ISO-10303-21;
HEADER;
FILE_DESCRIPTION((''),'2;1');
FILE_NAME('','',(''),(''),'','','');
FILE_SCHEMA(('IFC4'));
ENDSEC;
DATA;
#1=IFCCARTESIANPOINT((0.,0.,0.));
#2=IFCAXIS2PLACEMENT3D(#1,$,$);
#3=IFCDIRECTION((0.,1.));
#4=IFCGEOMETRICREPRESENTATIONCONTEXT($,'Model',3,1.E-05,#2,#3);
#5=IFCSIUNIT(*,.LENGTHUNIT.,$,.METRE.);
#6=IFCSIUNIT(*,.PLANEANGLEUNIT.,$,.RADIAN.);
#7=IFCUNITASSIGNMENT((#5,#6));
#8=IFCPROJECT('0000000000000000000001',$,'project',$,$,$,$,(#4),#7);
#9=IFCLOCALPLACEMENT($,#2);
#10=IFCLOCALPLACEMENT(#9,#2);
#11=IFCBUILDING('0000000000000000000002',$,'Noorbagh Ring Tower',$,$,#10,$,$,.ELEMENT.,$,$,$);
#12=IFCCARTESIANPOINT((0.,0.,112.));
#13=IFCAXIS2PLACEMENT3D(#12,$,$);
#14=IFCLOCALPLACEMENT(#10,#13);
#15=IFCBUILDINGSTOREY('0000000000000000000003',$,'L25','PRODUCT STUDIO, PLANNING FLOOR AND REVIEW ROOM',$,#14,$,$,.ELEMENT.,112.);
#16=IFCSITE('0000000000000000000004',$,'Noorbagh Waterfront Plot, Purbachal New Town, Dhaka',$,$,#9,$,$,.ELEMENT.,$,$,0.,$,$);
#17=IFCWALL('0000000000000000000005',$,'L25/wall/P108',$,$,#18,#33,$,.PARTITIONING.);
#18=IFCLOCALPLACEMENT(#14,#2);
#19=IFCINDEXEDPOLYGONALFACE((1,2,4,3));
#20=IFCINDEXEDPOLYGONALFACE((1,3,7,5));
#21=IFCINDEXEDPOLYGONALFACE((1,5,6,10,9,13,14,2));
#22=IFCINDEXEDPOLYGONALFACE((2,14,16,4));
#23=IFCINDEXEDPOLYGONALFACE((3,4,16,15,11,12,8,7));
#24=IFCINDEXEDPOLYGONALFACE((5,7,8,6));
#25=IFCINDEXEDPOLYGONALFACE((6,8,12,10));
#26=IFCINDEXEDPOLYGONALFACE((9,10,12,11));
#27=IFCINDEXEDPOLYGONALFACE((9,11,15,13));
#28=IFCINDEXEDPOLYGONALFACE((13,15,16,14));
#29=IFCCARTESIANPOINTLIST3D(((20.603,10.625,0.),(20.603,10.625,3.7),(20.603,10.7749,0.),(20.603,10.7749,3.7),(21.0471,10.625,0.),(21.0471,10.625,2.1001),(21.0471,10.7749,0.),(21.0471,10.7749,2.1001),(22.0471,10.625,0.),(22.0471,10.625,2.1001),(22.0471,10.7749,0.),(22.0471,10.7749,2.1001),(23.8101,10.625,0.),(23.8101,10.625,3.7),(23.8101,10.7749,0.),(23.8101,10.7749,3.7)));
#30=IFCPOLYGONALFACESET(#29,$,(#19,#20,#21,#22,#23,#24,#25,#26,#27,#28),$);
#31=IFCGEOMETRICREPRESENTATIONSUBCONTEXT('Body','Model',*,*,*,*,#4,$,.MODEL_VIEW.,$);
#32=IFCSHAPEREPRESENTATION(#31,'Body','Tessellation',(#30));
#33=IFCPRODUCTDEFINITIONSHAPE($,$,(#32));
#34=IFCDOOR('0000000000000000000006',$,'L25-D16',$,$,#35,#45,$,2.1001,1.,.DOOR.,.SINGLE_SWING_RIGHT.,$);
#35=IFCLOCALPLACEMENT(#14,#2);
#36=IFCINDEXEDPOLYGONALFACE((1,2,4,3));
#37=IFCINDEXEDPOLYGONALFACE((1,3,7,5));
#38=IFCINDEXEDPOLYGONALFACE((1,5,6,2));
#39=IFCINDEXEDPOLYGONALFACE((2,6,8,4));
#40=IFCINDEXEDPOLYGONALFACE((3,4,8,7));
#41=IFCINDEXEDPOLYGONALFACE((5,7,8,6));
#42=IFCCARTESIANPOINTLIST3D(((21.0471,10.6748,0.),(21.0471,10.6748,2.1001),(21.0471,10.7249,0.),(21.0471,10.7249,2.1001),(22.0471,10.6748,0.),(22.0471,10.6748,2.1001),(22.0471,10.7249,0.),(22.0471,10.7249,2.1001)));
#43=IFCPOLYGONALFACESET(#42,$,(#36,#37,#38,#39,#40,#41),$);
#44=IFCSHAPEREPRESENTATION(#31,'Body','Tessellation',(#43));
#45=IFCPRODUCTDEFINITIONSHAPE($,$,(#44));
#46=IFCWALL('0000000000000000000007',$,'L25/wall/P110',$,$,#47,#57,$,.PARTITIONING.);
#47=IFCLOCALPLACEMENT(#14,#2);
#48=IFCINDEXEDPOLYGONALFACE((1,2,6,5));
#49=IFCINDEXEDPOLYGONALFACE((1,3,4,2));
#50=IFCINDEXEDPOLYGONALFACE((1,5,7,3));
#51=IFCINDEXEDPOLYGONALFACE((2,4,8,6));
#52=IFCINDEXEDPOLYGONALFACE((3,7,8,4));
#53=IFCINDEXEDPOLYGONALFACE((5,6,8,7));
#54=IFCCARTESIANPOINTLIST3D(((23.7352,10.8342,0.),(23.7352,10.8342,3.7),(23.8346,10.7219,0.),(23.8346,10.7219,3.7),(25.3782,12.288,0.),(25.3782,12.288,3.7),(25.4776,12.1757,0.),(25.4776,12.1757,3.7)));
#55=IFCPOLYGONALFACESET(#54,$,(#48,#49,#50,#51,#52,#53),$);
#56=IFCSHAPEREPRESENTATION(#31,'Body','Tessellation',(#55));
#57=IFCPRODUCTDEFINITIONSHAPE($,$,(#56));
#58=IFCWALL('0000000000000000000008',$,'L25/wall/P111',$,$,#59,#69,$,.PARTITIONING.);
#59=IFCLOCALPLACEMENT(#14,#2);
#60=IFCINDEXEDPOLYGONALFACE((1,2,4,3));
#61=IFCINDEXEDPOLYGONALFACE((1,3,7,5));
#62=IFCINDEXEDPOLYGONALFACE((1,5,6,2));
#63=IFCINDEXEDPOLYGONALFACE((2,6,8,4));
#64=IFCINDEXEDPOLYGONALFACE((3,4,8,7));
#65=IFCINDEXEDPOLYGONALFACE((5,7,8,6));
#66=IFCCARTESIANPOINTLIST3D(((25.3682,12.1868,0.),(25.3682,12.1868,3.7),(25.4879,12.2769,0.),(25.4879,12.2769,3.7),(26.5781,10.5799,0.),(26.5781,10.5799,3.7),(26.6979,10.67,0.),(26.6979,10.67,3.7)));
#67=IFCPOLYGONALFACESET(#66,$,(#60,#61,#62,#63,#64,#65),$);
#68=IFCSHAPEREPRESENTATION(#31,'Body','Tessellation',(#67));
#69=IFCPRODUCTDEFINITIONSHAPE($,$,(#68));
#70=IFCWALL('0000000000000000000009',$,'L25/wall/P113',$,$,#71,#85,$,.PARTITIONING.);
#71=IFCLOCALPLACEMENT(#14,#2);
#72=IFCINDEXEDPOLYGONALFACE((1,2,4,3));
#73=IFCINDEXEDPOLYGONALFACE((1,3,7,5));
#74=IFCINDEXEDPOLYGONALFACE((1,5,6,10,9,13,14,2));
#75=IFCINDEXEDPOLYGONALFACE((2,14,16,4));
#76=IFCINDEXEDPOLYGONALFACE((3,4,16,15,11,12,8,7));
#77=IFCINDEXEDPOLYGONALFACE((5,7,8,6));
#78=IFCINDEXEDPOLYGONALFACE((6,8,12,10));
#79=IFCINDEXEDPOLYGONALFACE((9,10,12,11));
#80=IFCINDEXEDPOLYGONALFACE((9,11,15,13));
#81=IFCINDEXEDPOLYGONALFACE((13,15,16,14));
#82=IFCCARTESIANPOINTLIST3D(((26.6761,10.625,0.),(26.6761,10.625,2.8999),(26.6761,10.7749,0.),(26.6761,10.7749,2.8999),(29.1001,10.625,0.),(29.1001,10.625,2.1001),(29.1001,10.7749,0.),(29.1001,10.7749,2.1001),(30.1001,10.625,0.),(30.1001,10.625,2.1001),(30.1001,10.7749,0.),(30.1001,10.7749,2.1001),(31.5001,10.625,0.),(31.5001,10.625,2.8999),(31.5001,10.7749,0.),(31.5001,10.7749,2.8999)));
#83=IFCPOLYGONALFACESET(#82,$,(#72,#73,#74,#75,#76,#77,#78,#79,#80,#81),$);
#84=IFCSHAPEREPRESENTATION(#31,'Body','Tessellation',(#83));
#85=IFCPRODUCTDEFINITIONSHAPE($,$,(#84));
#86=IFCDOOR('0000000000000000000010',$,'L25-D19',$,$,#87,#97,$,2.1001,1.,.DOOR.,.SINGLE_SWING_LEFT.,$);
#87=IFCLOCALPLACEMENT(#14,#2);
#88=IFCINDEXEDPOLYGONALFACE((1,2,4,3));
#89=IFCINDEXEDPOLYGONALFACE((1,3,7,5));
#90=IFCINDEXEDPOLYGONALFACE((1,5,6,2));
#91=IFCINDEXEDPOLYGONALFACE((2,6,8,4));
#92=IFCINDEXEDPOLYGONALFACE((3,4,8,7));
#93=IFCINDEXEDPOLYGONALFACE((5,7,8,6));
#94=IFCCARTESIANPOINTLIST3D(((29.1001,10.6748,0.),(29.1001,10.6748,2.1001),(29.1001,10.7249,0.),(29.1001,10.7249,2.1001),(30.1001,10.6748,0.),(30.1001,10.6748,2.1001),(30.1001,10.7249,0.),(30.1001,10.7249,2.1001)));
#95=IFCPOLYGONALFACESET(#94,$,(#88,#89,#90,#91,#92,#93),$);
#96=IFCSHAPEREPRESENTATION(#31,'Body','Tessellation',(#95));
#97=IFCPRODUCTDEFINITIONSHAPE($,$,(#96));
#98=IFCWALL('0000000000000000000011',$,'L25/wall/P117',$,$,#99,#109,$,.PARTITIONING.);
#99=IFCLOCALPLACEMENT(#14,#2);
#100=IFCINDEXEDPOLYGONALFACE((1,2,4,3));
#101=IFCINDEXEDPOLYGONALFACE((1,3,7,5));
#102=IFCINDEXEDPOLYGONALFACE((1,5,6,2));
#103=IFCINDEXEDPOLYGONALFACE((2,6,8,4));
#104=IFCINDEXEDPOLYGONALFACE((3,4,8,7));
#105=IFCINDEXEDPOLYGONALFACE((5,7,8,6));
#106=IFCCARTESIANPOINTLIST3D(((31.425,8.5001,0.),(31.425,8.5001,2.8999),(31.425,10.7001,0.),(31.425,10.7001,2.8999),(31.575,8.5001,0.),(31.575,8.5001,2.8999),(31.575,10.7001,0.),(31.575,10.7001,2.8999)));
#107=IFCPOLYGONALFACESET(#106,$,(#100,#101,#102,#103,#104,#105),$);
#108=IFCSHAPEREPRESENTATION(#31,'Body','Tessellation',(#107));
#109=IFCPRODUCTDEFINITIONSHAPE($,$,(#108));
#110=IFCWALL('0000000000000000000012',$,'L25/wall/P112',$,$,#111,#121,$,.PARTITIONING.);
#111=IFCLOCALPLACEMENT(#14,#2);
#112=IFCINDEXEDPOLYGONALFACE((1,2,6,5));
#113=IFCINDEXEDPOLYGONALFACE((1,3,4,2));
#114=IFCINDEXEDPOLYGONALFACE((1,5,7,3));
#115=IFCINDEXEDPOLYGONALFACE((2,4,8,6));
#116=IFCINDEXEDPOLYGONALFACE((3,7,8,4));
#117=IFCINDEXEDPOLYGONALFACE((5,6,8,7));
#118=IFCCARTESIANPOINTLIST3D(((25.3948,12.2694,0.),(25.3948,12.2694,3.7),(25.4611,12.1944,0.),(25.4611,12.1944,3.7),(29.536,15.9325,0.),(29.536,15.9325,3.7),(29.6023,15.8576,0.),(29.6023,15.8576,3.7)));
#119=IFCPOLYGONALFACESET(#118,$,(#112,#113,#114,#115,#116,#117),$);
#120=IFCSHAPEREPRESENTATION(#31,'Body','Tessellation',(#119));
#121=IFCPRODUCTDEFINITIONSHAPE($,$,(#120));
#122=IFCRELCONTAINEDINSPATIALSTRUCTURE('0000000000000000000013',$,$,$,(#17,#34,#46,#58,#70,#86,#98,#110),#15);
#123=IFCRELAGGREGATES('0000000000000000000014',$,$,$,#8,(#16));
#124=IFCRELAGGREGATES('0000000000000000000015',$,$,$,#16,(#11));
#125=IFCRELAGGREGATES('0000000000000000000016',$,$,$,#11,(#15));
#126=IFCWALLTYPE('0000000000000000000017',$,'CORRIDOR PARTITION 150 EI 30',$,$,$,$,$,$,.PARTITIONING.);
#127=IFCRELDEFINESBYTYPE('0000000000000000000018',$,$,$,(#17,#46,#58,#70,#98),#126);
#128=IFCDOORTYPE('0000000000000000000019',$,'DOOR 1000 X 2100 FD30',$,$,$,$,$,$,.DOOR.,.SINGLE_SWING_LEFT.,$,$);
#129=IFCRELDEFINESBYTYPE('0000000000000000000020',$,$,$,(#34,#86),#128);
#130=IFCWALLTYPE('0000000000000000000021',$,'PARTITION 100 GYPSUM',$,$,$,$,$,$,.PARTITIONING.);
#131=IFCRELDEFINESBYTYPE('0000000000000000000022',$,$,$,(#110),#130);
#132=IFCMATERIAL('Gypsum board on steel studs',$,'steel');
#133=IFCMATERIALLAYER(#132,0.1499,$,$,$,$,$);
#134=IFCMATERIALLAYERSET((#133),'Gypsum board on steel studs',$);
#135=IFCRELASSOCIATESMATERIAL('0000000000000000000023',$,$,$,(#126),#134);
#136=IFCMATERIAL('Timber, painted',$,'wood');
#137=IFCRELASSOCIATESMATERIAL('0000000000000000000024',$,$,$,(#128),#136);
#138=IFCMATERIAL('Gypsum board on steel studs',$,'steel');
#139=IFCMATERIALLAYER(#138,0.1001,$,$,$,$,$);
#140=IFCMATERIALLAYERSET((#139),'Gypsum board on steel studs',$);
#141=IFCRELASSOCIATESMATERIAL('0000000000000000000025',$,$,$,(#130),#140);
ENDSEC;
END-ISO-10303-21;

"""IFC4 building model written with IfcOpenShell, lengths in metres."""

from ifc_helpers import new_model, si_unit, direction, frame, frame_2d, origin, place, context, subcontext, project, spatial, rectangle, extrude, material, layer, layer_set, type_object, element, fill, save


model = new_model("IFC4")

# Units and contexts
model_context = context("Model", 3, precision=1e-05, world=origin(), true_north=direction((0.0, 1.0)))
body_context = subcontext(model_context, "Body", "Model", "MODEL_VIEW")
ifc_project = project(units=[si_unit("LENGTHUNIT", "METRE"), si_unit("PLANEANGLEUNIT", "RADIAN")], contexts=[model_context])

# Site, building, storey
site_placement = place(None, origin())
site = spatial("IfcSite", under=ifc_project, at=site_placement, Name="Noorbagh Waterfront Plot, Purbachal New Town, Dhaka", CompositionType="ELEMENT", RefElevation=0.0)
building_placement = place(site_placement, origin())
building = spatial("IfcBuilding", under=site, at=building_placement, Name="Noorbagh Ring Tower", CompositionType="ELEMENT")
storey_placement = place(building_placement, frame((0.0, 0.0, 112.0)))
storey = spatial("IfcBuildingStorey", under=building, at=storey_placement, Name="L25", Description="PRODUCT STUDIO, PLANNING FLOOR AND REVIEW ROOM", CompositionType="ELEMENT", Elevation=112.0)

# Shared definitions
ifc_material_1 = material(Name="Gypsum board on steel studs", Category="steel")
ifc_layer_1 = layer(ifc_material_1, 0.1499)
ifc_layer_set_1 = layer_set([ifc_layer_1], Name="Gypsum board on steel studs")
wall_type_1 = type_object("IfcWallType", Name="CORRIDOR PARTITION 150 EI 30", PredefinedType="PARTITIONING", material=ifc_layer_set_1)

# Wall, opening, door
wall_1_placement = place(storey_placement, frame((20.603, 10.7, 0.0), z_axis=(0.0, 0.0, 1.0), x_axis=(1.0, 0.0, 0.0)))
wall_1 = element("IfcWall", 1, at=wall_1_placement, inside=storey, type_object=wall_type_1, Name="L25/wall/P108", PredefinedType="PARTITIONING", context=body_context, shape_type="SweptSolid", body=[
    extrude(rectangle(XDim=3.207, YDim=0.1499, at=frame_2d((1.6035, 0.0))), origin(), (0.0, 0.0, 1.0), 3.7),
])
opening_1_placement = place(wall_1_placement, frame((0.4441, 0.0, 0.0)))
opening_1 = element("IfcOpeningElement", 2, at=opening_1_placement, cuts=wall_1, PredefinedType="OPENING", context=body_context, shape_type="SweptSolid", body=[
    extrude(rectangle(XDim=1.0, YDim=2.1001, at=frame_2d((0.5, 1.05))), frame((0.0, 0.085, 0.0), z_axis=(0.0, -1.0, 0.0), x_axis=(1.0, 0.0, 0.0)), (0.0, 0.0, 1.0), 0.1699),
])
ifc_material_2 = material(Name="Timber, painted", Category="wood")
door_type = type_object("IfcDoorType", Name="DOOR 1000 X 2100 FD30", OperationType="SINGLE_SWING_LEFT", PredefinedType="DOOR", material=ifc_material_2)
door_1_placement = place(opening_1_placement, origin())
door_1 = element("IfcDoor", 3, at=door_1_placement, inside=storey, type_object=door_type, Name="L25-D16", OperationType="SINGLE_SWING_RIGHT", OverallHeight=2.1001, OverallWidth=1.0, PredefinedType="DOOR", context=body_context, shape_type="SweptSolid", body=[
    extrude(rectangle(XDim=1.0, YDim=2.1001, at=frame_2d((0.5, 1.05))), frame((0.0, 0.0249, 0.0), z_axis=(0.0, -1.0, 0.0), x_axis=(1.0, 0.0, 0.0)), (0.0, 0.0, 1.0), 0.05),
])
fill(opening_1, door_1)

# Walls
wall_2_placement = place(storey_placement, frame((23.7849, 10.7781, 0.0), z_axis=(0.0, 0.0, 1.0), x_axis=(0.748912, 0.66267, 0.0)))
element("IfcWall", 4, at=wall_2_placement, inside=storey, type_object=wall_type_1, Name="L25/wall/P110", PredefinedType="PARTITIONING", context=body_context, shape_type="SweptSolid", body=[
    extrude(rectangle(XDim=2.1938, YDim=0.1499, at=frame_2d((1.0969, 0.0))), origin(), (0.0, 0.0, 1.0), 3.7),
])
wall_3_placement = place(storey_placement, frame((25.428, 12.2319, 0.0), z_axis=(0.0, 0.0, 1.0), x_axis=(0.601514, -0.798863, 0.0)))
element("IfcWall", 5, at=wall_3_placement, inside=storey, type_object=wall_type_1, Name="L25/wall/P111", PredefinedType="PARTITIONING", context=body_context, shape_type="SweptSolid", body=[
    extrude(rectangle(XDim=2.0115, YDim=0.1499, at=frame_2d((1.0059, 0.0))), origin(), (0.0, 0.0, 1.0), 3.7),
])

# Wall, opening, door
wall_4_placement = place(storey_placement, frame((26.676, 10.7, 0.0), z_axis=(0.0, 0.0, 1.0), x_axis=(1.0, 0.0, 0.0)))
wall_4 = element("IfcWall", 6, at=wall_4_placement, inside=storey, type_object=wall_type_1, Name="L25/wall/P113", PredefinedType="PARTITIONING", context=body_context, shape_type="SweptSolid", body=[
    extrude(rectangle(XDim=4.824, YDim=0.1499, at=frame_2d((2.4121, 0.0))), origin(), (0.0, 0.0, 1.0), 2.8999),
])
opening_2_placement = place(wall_4_placement, frame((2.4241, 0.0, 0.0)))
opening_2 = element("IfcOpeningElement", 7, at=opening_2_placement, cuts=wall_4, PredefinedType="OPENING", context=body_context, shape_type="SweptSolid", body=[
    extrude(rectangle(XDim=1.0, YDim=2.1001, at=frame_2d((0.5, 1.05))), frame((0.0, 0.085, 0.0), z_axis=(0.0, -1.0, 0.0), x_axis=(1.0, 0.0, 0.0)), (0.0, 0.0, 1.0), 0.1699),
])
door_2_placement = place(opening_2_placement, origin())
door_2 = element("IfcDoor", 8, at=door_2_placement, inside=storey, type_object=door_type, Name="L25-D19", OperationType="SINGLE_SWING_LEFT", OverallHeight=2.1001, OverallWidth=1.0, PredefinedType="DOOR", context=body_context, shape_type="SweptSolid", body=[
    extrude(rectangle(XDim=1.0, YDim=2.1001, at=frame_2d((0.5, 1.05))), frame((0.0, 0.0249, 0.0), z_axis=(0.0, -1.0, 0.0), x_axis=(1.0, 0.0, 0.0)), (0.0, 0.0, 1.0), 0.05),
])
fill(opening_2, door_2)

# Walls
wall_5_placement = place(storey_placement, frame((31.5, 8.5, 0.0), z_axis=(0.0, 0.0, 1.0), x_axis=(0.0, 1.0, 0.0)))
element("IfcWall", 9, at=wall_5_placement, inside=storey, type_object=wall_type_1, Name="L25/wall/P117", PredefinedType="PARTITIONING", context=body_context, shape_type="SweptSolid", body=[
    extrude(rectangle(XDim=2.2, YDim=0.1499, at=frame_2d((1.1001, 0.0))), origin(), (0.0, 0.0, 1.0), 2.8999),
])
ifc_material_3 = material(Name="Gypsum board on steel studs", Category="steel")
ifc_layer_2 = layer(ifc_material_3, 0.1001)
ifc_layer_set_2 = layer_set([ifc_layer_2], Name="Gypsum board on steel studs")
wall_type_2 = type_object("IfcWallType", Name="PARTITION 100 GYPSUM", PredefinedType="PARTITIONING", material=ifc_layer_set_2)
wall_6_placement = place(storey_placement, frame((25.428, 12.2319, 0.0), z_axis=(0.0, 0.0, 1.0), x_axis=(0.749015, 0.662553, 0.0)))
element("IfcWall", 10, at=wall_6_placement, inside=storey, type_object=wall_type_2, Name="L25/wall/P112", PredefinedType="PARTITIONING", context=body_context, shape_type="SweptSolid", body=[
    extrude(rectangle(XDim=5.5288, YDim=0.1001, at=frame_2d((2.7644, 0.0))), origin(), (0.0, 0.0, 1.0), 3.7),
])

save(model, "model.ifc")
